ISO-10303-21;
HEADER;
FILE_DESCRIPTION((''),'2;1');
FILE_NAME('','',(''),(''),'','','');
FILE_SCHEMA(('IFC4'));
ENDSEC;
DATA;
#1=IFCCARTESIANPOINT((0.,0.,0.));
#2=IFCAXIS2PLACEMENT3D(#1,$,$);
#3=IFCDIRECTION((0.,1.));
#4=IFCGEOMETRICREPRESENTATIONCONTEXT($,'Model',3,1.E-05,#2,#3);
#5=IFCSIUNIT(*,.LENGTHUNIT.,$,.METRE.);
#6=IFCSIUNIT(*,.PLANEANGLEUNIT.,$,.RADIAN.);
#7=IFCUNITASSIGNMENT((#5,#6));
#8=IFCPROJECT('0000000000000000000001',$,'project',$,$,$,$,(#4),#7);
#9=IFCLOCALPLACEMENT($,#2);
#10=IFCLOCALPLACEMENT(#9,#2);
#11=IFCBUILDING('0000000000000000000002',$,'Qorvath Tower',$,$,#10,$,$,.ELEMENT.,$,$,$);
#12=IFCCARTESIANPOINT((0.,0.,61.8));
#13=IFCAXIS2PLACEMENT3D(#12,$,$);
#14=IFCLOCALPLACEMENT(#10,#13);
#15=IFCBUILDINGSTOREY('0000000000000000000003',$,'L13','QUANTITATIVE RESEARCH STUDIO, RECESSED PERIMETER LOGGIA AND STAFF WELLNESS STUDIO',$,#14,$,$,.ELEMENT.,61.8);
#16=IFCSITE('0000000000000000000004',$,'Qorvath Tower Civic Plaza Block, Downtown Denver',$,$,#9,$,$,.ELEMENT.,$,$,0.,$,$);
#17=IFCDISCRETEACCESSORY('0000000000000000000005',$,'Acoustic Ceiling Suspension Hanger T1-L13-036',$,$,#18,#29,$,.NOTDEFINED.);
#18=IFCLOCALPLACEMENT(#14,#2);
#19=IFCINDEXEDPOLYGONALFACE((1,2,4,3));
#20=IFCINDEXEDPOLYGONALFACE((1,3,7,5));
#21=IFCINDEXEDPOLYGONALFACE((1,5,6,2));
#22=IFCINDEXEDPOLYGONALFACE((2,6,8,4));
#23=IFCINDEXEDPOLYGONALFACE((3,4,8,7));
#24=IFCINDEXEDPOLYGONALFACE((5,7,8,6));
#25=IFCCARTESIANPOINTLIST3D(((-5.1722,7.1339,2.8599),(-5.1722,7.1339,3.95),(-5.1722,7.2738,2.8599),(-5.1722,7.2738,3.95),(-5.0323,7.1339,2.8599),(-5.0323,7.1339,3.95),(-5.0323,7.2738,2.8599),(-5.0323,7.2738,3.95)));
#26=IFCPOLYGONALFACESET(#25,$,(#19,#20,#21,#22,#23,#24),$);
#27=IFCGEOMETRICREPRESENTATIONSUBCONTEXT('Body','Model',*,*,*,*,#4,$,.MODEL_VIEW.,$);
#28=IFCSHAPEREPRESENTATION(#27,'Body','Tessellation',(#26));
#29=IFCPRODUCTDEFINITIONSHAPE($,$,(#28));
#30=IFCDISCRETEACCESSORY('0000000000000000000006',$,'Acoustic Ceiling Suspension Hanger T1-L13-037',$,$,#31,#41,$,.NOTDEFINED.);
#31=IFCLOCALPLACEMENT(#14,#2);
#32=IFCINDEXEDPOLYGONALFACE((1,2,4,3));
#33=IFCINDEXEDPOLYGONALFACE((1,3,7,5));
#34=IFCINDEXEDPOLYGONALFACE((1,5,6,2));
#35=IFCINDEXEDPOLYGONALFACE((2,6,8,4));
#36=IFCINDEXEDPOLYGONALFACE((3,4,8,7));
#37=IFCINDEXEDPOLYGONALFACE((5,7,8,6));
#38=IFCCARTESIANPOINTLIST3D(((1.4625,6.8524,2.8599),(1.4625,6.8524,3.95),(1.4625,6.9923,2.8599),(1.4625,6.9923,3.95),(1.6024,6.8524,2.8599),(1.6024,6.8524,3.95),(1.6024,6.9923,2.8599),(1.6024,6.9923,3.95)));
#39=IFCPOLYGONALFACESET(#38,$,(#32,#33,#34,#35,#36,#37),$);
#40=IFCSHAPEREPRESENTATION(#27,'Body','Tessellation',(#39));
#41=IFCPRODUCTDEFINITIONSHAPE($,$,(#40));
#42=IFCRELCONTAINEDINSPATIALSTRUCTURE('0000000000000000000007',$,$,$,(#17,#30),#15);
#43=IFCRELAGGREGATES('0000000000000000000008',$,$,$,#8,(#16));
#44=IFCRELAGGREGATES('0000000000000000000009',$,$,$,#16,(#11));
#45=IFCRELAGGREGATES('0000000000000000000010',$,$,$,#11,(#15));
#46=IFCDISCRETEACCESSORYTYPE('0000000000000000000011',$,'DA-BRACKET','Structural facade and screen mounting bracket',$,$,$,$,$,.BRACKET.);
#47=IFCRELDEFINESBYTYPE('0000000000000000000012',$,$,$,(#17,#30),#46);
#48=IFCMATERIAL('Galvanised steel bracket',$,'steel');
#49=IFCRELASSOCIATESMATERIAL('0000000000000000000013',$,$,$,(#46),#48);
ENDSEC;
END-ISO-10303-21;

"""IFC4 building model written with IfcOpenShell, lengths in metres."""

from ifc_helpers import new_model, si_unit, direction, frame, origin, origin_2d, place, context, subcontext, project, spatial, rectangle, extrude, material, type_object, element, save


model = new_model("IFC4")

# Units and contexts
model_context = context("Model", 3, precision=1e-05, world=origin(), true_north=direction((0.0, 1.0)))
body_context = subcontext(model_context, "Body", "Model", "MODEL_VIEW")
ifc_project = project(units=[si_unit("LENGTHUNIT", "METRE"), si_unit("PLANEANGLEUNIT", "RADIAN")], contexts=[model_context])

# Site, building, storey
site_placement = place(None, origin())
site = spatial("IfcSite", under=ifc_project, at=site_placement, Name="Qorvath Tower Civic Plaza Block, Downtown Denver", CompositionType="ELEMENT", RefElevation=0.0)
building_placement = place(site_placement, origin())
building = spatial("IfcBuilding", under=site, at=building_placement, Name="Qorvath Tower", CompositionType="ELEMENT")
storey_placement = place(building_placement, frame((0.0, 0.0, 61.8)))
storey = spatial("IfcBuildingStorey", under=building, at=storey_placement, Name="L13", Description="QUANTITATIVE RESEARCH STUDIO, RECESSED PERIMETER LOGGIA AND STAFF WELLNESS STUDIO", CompositionType="ELEMENT", Elevation=61.8)

# Discrete accessories
ifc_material_1 = material(Name="Galvanised steel bracket", Category="steel")
discrete_accessory_type = type_object("IfcDiscreteAccessoryType", Name="DA-BRACKET", Description="Structural facade and screen mounting bracket", PredefinedType="BRACKET", material=ifc_material_1)
for number, where, z_axis, x_axis, name in (
    (1, (-5.1023, 7.2039, 2.8599), (0.0, 0.0, 1.0), (1.0, 0.0, 0.0), "Acoustic Ceiling Suspension Hanger T1-L13-036"),
    (2, (1.5325, 6.9224, 2.8599), (0.0, 0.0, 1.0), (1.0, 0.0, 0.0), "Acoustic Ceiling Suspension Hanger T1-L13-037"),
):
    element("IfcDiscreteAccessory", number, at=place(storey_placement, frame(where, z_axis=z_axis, x_axis=x_axis)), inside=storey, type_object=discrete_accessory_type, Name=name, PredefinedType="NOTDEFINED", context=body_context, shape_type="SweptSolid", body=[
        extrude(rectangle(XDim=0.1399, YDim=0.1399, at=origin_2d()), origin(), (0.0, 0.0, 1.0), 1.0901),
    ])

save(model, "model.ifc")
